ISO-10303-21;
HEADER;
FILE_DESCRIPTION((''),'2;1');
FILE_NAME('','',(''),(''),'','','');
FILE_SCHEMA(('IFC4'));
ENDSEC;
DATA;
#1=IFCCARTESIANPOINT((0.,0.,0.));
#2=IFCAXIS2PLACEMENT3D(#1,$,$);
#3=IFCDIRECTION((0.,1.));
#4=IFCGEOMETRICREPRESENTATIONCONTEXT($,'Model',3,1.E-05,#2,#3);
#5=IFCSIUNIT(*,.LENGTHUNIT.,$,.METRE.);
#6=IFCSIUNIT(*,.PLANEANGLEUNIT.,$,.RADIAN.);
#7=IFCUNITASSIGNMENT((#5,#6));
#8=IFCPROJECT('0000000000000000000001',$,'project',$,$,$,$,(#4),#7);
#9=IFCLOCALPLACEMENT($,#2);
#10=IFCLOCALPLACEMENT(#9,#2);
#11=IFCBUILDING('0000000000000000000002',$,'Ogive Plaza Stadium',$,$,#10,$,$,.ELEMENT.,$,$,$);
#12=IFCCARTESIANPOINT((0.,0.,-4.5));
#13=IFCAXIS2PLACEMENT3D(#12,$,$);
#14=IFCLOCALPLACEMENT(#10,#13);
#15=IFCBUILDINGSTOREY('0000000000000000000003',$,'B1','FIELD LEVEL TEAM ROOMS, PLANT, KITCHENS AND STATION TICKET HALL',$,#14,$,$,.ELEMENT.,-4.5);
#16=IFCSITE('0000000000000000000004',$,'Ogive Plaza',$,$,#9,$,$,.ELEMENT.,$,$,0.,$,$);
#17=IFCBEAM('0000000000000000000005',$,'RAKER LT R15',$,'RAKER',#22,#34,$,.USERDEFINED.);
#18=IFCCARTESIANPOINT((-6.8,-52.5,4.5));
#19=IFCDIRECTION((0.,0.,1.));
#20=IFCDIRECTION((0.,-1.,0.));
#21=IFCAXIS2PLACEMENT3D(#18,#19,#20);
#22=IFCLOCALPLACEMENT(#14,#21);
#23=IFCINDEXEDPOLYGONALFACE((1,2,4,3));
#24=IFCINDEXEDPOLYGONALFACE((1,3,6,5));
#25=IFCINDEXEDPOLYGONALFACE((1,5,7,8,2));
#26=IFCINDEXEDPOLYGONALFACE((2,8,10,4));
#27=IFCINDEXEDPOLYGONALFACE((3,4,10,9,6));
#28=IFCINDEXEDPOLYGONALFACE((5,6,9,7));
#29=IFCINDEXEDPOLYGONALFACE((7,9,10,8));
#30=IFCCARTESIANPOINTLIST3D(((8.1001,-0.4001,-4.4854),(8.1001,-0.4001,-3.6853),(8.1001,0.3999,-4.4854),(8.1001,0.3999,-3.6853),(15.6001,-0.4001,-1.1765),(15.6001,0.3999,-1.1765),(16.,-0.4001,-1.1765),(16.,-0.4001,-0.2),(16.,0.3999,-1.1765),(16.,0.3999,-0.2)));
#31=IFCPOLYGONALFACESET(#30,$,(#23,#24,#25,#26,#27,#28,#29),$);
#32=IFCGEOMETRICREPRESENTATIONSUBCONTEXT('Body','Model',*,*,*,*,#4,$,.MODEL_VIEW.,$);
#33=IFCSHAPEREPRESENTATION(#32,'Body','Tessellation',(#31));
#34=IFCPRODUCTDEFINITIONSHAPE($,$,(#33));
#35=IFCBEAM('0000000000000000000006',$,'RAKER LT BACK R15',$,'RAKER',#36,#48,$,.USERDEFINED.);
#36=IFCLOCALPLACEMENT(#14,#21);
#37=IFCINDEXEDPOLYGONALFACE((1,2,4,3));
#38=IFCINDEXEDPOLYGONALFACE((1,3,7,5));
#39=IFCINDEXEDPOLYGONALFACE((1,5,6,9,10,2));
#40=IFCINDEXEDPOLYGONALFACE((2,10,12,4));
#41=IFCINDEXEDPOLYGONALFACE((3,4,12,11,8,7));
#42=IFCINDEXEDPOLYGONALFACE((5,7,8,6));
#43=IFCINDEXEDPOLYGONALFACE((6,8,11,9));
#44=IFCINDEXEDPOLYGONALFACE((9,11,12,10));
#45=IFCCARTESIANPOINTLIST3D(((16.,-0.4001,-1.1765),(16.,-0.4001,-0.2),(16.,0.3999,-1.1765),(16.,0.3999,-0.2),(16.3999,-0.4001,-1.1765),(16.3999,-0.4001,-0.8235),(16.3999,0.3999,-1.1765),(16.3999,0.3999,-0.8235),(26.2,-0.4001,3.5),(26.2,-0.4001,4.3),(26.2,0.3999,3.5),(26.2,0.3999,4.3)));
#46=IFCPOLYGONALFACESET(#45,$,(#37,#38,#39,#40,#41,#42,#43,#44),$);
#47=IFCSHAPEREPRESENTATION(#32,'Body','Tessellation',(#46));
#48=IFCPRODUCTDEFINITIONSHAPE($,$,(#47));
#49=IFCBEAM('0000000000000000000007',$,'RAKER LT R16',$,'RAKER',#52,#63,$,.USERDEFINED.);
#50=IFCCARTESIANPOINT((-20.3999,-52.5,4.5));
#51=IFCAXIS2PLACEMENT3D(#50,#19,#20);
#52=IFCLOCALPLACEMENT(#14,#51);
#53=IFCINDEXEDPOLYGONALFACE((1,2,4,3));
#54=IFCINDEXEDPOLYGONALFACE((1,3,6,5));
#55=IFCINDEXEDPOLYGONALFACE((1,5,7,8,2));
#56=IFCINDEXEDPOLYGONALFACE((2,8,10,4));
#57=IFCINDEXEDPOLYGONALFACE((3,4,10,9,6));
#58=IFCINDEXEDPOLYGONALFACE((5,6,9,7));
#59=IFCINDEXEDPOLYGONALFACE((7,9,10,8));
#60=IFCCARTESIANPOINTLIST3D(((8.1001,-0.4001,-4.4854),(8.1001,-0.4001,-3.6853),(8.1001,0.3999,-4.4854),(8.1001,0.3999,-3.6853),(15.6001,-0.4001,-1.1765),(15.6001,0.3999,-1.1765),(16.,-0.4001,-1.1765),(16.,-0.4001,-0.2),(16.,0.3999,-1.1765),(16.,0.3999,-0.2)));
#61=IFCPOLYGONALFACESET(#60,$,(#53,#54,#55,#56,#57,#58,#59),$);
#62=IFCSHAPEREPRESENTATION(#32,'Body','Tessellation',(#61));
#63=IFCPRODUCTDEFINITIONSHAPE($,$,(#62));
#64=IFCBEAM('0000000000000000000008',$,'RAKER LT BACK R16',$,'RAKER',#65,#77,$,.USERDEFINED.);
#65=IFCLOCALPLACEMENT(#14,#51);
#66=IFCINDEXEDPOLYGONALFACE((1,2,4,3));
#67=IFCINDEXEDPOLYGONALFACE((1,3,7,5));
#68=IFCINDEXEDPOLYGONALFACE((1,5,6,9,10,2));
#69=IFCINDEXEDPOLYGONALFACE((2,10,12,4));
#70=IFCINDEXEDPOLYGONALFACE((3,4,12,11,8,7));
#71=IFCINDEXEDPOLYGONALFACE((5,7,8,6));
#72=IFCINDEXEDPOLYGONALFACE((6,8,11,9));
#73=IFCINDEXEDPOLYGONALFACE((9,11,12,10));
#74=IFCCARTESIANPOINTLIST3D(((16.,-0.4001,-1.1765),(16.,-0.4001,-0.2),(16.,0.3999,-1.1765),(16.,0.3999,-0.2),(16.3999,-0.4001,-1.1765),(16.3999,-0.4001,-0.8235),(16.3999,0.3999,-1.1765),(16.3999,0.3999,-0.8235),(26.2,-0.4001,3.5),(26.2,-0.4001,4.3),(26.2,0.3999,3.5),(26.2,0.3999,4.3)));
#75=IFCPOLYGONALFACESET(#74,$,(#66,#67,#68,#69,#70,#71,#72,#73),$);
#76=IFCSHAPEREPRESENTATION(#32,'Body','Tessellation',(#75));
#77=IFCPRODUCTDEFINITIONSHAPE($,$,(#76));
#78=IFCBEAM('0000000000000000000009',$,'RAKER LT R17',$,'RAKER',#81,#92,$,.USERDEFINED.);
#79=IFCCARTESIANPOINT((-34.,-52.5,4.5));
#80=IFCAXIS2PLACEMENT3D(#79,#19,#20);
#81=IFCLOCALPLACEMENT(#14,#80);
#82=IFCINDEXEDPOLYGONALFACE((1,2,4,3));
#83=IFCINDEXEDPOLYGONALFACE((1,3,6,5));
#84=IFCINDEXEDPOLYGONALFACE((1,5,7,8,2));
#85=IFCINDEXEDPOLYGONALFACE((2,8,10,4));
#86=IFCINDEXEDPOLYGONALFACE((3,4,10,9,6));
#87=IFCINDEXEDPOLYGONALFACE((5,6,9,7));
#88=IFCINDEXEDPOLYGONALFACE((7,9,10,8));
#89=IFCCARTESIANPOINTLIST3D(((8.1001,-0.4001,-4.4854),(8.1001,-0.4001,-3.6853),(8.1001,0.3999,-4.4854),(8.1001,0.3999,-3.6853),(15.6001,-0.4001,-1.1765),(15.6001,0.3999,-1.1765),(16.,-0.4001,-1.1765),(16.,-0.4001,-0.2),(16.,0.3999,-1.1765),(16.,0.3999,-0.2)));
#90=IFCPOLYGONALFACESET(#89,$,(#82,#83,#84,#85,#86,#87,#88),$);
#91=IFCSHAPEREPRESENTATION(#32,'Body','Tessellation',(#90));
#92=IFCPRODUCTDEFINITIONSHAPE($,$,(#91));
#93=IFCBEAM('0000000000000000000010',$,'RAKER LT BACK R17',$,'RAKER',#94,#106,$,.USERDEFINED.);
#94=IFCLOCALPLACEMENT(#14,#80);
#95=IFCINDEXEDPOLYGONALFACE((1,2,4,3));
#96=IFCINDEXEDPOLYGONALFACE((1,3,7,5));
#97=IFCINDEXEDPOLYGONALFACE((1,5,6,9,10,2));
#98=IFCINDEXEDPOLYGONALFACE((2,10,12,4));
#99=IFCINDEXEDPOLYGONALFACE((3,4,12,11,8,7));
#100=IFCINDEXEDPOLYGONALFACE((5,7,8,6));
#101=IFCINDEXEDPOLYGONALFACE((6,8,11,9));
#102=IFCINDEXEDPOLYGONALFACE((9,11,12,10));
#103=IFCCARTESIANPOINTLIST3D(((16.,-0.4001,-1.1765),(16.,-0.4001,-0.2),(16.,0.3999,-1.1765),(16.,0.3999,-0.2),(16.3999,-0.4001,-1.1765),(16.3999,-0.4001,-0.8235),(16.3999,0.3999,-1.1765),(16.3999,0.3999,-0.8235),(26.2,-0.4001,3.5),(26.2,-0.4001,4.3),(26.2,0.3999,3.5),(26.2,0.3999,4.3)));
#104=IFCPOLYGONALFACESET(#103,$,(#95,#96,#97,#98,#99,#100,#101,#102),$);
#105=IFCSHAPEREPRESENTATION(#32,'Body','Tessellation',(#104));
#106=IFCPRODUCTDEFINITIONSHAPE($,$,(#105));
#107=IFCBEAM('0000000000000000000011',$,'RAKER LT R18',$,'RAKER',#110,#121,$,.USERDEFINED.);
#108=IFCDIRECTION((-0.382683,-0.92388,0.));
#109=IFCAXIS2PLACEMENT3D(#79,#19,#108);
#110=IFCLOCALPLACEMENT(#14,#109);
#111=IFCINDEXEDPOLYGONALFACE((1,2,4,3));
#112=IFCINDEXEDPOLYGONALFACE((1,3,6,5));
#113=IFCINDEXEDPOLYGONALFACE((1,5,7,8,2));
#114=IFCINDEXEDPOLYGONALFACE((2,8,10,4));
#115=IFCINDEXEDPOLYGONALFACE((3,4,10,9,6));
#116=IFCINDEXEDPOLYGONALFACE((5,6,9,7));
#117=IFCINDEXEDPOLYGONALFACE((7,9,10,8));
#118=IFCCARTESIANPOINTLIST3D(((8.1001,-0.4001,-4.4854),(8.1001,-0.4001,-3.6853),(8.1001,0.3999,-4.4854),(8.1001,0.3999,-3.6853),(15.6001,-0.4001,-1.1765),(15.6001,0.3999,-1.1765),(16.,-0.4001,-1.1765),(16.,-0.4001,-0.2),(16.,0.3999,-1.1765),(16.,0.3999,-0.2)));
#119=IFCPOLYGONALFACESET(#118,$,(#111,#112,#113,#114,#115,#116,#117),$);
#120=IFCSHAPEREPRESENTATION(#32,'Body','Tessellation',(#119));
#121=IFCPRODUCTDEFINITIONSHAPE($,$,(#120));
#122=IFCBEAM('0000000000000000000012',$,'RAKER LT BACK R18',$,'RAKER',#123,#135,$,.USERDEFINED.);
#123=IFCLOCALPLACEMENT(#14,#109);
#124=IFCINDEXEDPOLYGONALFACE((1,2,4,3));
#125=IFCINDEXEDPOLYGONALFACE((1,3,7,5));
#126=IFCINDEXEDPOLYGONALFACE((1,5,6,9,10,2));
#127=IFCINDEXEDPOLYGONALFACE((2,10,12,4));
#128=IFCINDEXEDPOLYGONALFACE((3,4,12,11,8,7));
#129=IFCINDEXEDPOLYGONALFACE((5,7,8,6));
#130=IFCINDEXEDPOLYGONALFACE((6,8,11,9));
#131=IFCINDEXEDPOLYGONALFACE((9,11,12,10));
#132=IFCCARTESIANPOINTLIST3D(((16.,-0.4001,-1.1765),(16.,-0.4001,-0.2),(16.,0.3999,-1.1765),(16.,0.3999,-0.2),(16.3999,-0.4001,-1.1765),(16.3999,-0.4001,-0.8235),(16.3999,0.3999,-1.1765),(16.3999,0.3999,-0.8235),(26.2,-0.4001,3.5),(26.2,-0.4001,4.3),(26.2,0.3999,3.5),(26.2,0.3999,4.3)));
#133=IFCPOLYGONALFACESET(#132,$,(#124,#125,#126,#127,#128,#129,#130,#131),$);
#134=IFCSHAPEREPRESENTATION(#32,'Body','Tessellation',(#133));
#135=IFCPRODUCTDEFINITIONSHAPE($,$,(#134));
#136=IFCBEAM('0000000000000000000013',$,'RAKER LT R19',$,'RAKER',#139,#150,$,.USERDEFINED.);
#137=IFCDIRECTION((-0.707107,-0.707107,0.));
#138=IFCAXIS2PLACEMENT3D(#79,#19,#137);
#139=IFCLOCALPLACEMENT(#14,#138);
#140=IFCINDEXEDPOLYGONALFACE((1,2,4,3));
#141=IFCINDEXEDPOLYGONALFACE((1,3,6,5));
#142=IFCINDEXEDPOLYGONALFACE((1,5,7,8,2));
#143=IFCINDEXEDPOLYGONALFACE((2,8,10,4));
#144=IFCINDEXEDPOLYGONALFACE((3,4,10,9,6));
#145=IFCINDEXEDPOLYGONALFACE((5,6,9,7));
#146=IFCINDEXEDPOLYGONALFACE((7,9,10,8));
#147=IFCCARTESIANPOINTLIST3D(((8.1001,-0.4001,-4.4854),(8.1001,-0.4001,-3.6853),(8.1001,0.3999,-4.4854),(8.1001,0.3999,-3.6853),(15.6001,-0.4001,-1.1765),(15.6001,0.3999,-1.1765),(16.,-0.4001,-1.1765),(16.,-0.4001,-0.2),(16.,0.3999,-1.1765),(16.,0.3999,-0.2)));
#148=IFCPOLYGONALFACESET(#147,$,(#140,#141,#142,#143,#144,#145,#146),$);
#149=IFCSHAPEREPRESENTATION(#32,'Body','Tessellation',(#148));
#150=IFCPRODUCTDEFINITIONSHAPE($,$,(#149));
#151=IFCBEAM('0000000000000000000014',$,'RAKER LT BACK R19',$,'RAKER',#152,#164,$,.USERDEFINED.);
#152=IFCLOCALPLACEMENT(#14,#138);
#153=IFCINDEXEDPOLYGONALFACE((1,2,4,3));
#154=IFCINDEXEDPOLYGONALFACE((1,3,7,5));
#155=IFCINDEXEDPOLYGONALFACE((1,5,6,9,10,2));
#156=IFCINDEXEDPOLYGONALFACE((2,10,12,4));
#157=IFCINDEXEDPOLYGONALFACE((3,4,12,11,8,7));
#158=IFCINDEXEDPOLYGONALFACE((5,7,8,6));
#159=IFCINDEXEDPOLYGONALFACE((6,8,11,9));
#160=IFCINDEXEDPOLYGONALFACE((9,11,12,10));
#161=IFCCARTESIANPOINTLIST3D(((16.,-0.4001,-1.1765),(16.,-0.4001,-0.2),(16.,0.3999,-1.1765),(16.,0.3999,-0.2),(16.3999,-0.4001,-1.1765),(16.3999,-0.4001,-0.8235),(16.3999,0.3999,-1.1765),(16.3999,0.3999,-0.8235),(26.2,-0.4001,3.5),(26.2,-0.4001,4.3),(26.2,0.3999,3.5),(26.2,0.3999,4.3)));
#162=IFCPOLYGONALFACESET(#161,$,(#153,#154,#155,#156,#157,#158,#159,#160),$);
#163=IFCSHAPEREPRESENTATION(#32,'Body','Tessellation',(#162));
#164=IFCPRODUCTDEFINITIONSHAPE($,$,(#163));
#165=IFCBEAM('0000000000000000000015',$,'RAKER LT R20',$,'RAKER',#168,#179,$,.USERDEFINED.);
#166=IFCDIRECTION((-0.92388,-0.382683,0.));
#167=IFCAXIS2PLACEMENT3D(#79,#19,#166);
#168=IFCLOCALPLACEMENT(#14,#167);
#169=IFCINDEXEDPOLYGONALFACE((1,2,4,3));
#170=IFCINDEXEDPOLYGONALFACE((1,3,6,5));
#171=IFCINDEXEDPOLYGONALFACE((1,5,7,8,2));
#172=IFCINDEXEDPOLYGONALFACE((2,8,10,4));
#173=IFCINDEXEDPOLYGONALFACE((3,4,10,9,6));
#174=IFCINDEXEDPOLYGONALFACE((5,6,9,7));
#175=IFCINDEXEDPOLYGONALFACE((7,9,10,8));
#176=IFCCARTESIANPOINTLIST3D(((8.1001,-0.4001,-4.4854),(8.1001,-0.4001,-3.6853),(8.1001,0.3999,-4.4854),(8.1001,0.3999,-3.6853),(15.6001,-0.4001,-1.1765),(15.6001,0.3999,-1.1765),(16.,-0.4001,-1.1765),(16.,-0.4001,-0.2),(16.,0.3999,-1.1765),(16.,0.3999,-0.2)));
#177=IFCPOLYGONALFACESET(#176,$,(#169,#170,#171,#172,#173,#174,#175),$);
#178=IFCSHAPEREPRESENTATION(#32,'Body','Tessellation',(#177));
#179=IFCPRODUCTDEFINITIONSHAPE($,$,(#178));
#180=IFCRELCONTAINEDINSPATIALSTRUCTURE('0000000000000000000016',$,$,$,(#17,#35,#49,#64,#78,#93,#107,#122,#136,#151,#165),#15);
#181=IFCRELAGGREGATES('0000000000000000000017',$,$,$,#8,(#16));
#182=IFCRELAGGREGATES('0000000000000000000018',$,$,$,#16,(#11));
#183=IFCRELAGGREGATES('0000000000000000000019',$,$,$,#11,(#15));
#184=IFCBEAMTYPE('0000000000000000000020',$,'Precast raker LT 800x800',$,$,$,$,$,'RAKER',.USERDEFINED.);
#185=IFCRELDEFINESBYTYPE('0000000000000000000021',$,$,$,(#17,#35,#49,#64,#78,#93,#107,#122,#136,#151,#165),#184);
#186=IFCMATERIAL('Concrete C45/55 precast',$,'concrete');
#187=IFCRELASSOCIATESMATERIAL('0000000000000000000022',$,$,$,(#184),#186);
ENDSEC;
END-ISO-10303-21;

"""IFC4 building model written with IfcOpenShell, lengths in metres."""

from ifc_helpers import new_model, si_unit, direction, frame, origin, origin_2d, place, context, subcontext, project, spatial, polyline, rectangle, outline, extrude, material, material_profile, profile_set, type_object, element, save


model = new_model("IFC4")

# Units and contexts
model_context = context("Model", 3, precision=1e-05, world=origin(), true_north=direction((0.0, 1.0)))
body_context = subcontext(model_context, "Body", "Model", "MODEL_VIEW")
ifc_project = project(units=[si_unit("LENGTHUNIT", "METRE"), si_unit("PLANEANGLEUNIT", "RADIAN")], contexts=[model_context])

# Site, building, storey
site_placement = place(None, origin())
site = spatial("IfcSite", under=ifc_project, at=site_placement, Name="Ogive Plaza", CompositionType="ELEMENT", RefElevation=0.0)
building_placement = place(site_placement, origin())
building = spatial("IfcBuilding", under=site, at=building_placement, Name="Ogive Plaza Stadium", CompositionType="ELEMENT")
storey_placement = place(building_placement, frame((0.0, 0.0, -4.5)))
storey = spatial("IfcBuildingStorey", under=building, at=storey_placement, Name="B1", Description="FIELD LEVEL TEAM ROOMS, PLANT, KITCHENS AND STATION TICKET HALL", CompositionType="ELEMENT", Elevation=-4.5)

# Beams
ifc_material_1 = material(Name="Concrete C45/55 precast", Category="concrete")
ifc_material_profile_1 = material_profile(ifc_material_1, rectangle(XDim=0.8, YDim=0.8, at=origin_2d()), Name="RC 800x800")
ifc_profile_set_1 = profile_set([ifc_material_profile_1], Name="Concrete C45/55 precast")
beam_type = type_object("IfcBeamType", Name="Precast raker LT 800x800", ElementType="RAKER", PredefinedType="USERDEFINED", material=ifc_profile_set_1)
beam_1_placement = place(storey_placement, frame((-6.8, -52.5, 4.5), z_axis=(0.0, 0.0, 1.0), x_axis=(0.0, -1.0, 0.0)))
element("IfcBeam", 1, at=beam_1_placement, inside=storey, type_object=beam_type, Name="RAKER LT R15", ObjectType="RAKER", PredefinedType="USERDEFINED", context=body_context, shape_type="SweptSolid", body=[
    extrude(outline(polyline([(8.1001, -4.4854), (15.6001, -1.1765), (16.0, -1.1765), (16.0, -0.2), (8.1001, -3.6853), (8.1001, -4.4854)])), frame((0.0, 0.3999, 0.0), z_axis=(0.0, -1.0, 0.0), x_axis=(1.0, 0.0, 0.0)), (0.0, 0.0, 1.0), 0.8),
])
beam_2_placement = place(storey_placement, frame((-6.8, -52.5, 4.5), z_axis=(0.0, 0.0, 1.0), x_axis=(0.0, -1.0, 0.0)))
element("IfcBeam", 2, at=beam_2_placement, inside=storey, type_object=beam_type, Name="RAKER LT BACK R15", ObjectType="RAKER", PredefinedType="USERDEFINED", context=body_context, shape_type="SweptSolid", body=[
    extrude(outline(polyline([(16.0, -1.1765), (16.3999, -1.1765), (16.3999, -0.8235), (26.2, 3.5), (26.2, 4.3), (16.0, -0.2), (16.0, -1.1765)])), frame((0.0, 0.3999, 0.0), z_axis=(0.0, -1.0, 0.0), x_axis=(1.0, 0.0, 0.0)), (0.0, 0.0, 1.0), 0.8),
])
beam_3_placement = place(storey_placement, frame((-20.3999, -52.5, 4.5), z_axis=(0.0, 0.0, 1.0), x_axis=(0.0, -1.0, 0.0)))
element("IfcBeam", 3, at=beam_3_placement, inside=storey, type_object=beam_type, Name="RAKER LT R16", ObjectType="RAKER", PredefinedType="USERDEFINED", context=body_context, shape_type="SweptSolid", body=[
    extrude(outline(polyline([(8.1001, -4.4854), (15.6001, -1.1765), (16.0, -1.1765), (16.0, -0.2), (8.1001, -3.6853), (8.1001, -4.4854)])), frame((0.0, 0.3999, 0.0), z_axis=(0.0, -1.0, 0.0), x_axis=(1.0, 0.0, 0.0)), (0.0, 0.0, 1.0), 0.8),
])
beam_4_placement = place(storey_placement, frame((-20.3999, -52.5, 4.5), z_axis=(0.0, 0.0, 1.0), x_axis=(0.0, -1.0, 0.0)))
element("IfcBeam", 4, at=beam_4_placement, inside=storey, type_object=beam_type, Name="RAKER LT BACK R16", ObjectType="RAKER", PredefinedType="USERDEFINED", context=body_context, shape_type="SweptSolid", body=[
    extrude(outline(polyline([(16.0, -1.1765), (16.3999, -1.1765), (16.3999, -0.8235), (26.2, 3.5), (26.2, 4.3), (16.0, -0.2), (16.0, -1.1765)])), frame((0.0, 0.3999, 0.0), z_axis=(0.0, -1.0, 0.0), x_axis=(1.0, 0.0, 0.0)), (0.0, 0.0, 1.0), 0.8),
])
beam_5_placement = place(storey_placement, frame((-34.0, -52.5, 4.5), z_axis=(0.0, 0.0, 1.0), x_axis=(0.0, -1.0, 0.0)))
element("IfcBeam", 5, at=beam_5_placement, inside=storey, type_object=beam_type, Name="RAKER LT R17", ObjectType="RAKER", PredefinedType="USERDEFINED", context=body_context, shape_type="SweptSolid", body=[
    extrude(outline(polyline([(8.1001, -4.4854), (15.6001, -1.1765), (16.0, -1.1765), (16.0, -0.2), (8.1001, -3.6853), (8.1001, -4.4854)])), frame((0.0, 0.3999, 0.0), z_axis=(0.0, -1.0, 0.0), x_axis=(1.0, 0.0, 0.0)), (0.0, 0.0, 1.0), 0.8),
])
beam_6_placement = place(storey_placement, frame((-34.0, -52.5, 4.5), z_axis=(0.0, 0.0, 1.0), x_axis=(0.0, -1.0, 0.0)))
element("IfcBeam", 6, at=beam_6_placement, inside=storey, type_object=beam_type, Name="RAKER LT BACK R17", ObjectType="RAKER", PredefinedType="USERDEFINED", context=body_context, shape_type="SweptSolid", body=[
    extrude(outline(polyline([(16.0, -1.1765), (16.3999, -1.1765), (16.3999, -0.8235), (26.2, 3.5), (26.2, 4.3), (16.0, -0.2), (16.0, -1.1765)])), frame((0.0, 0.3999, 0.0), z_axis=(0.0, -1.0, 0.0), x_axis=(1.0, 0.0, 0.0)), (0.0, 0.0, 1.0), 0.8),
])
beam_7_placement = place(storey_placement, frame((-34.0, -52.5, 4.5), z_axis=(0.0, 0.0, 1.0), x_axis=(-0.382683, -0.92388, 0.0)))
element("IfcBeam", 7, at=beam_7_placement, inside=storey, type_object=beam_type, Name="RAKER LT R18", ObjectType="RAKER", PredefinedType="USERDEFINED", context=body_context, shape_type="SweptSolid", body=[
    extrude(outline(polyline([(8.1001, -4.4854), (15.6001, -1.1765), (16.0, -1.1765), (16.0, -0.2), (8.1001, -3.6853), (8.1001, -4.4854)])), frame((0.0, 0.3999, 0.0), z_axis=(0.0, -1.0, 0.0), x_axis=(1.0, 0.0, 0.0)), (0.0, 0.0, 1.0), 0.8),
])
beam_8_placement = place(storey_placement, frame((-34.0, -52.5, 4.5), z_axis=(0.0, 0.0, 1.0), x_axis=(-0.382683, -0.92388, 0.0)))
element("IfcBeam", 8, at=beam_8_placement, inside=storey, type_object=beam_type, Name="RAKER LT BACK R18", ObjectType="RAKER", PredefinedType="USERDEFINED", context=body_context, shape_type="SweptSolid", body=[
    extrude(outline(polyline([(16.0, -1.1765), (16.3999, -1.1765), (16.3999, -0.8235), (26.2, 3.5), (26.2, 4.3), (16.0, -0.2), (16.0, -1.1765)])), frame((0.0, 0.3999, 0.0), z_axis=(0.0, -1.0, 0.0), x_axis=(1.0, 0.0, 0.0)), (0.0, 0.0, 1.0), 0.8),
])
beam_9_placement = place(storey_placement, frame((-34.0, -52.5, 4.5), z_axis=(0.0, 0.0, 1.0), x_axis=(-0.707107, -0.707107, 0.0)))
element("IfcBeam", 9, at=beam_9_placement, inside=storey, type_object=beam_type, Name="RAKER LT R19", ObjectType="RAKER", PredefinedType="USERDEFINED", context=body_context, shape_type="SweptSolid", body=[
    extrude(outline(polyline([(8.1001, -4.4854), (15.6001, -1.1765), (16.0, -1.1765), (16.0, -0.2), (8.1001, -3.6853), (8.1001, -4.4854)])), frame((0.0, 0.3999, 0.0), z_axis=(0.0, -1.0, 0.0), x_axis=(1.0, 0.0, 0.0)), (0.0, 0.0, 1.0), 0.8),
])
beam_10_placement = place(storey_placement, frame((-34.0, -52.5, 4.5), z_axis=(0.0, 0.0, 1.0), x_axis=(-0.707107, -0.707107, 0.0)))
element("IfcBeam", 10, at=beam_10_placement, inside=storey, type_object=beam_type, Name="RAKER LT BACK R19", ObjectType="RAKER", PredefinedType="USERDEFINED", context=body_context, shape_type="SweptSolid", body=[
    extrude(outline(polyline([(16.0, -1.1765), (16.3999, -1.1765), (16.3999, -0.8235), (26.2, 3.5), (26.2, 4.3), (16.0, -0.2), (16.0, -1.1765)])), frame((0.0, 0.3999, 0.0), z_axis=(0.0, -1.0, 0.0), x_axis=(1.0, 0.0, 0.0)), (0.0, 0.0, 1.0), 0.8),
])
beam_11_placement = place(storey_placement, frame((-34.0, -52.5, 4.5), z_axis=(0.0, 0.0, 1.0), x_axis=(-0.92388, -0.382683, 0.0)))
element("IfcBeam", 11, at=beam_11_placement, inside=storey, type_object=beam_type, Name="RAKER LT R20", ObjectType="RAKER", PredefinedType="USERDEFINED", context=body_context, shape_type="SweptSolid", body=[
    extrude(outline(polyline([(8.1001, -4.4854), (15.6001, -1.1765), (16.0, -1.1765), (16.0, -0.2), (8.1001, -3.6853), (8.1001, -4.4854)])), frame((0.0, 0.3999, 0.0), z_axis=(0.0, -1.0, 0.0), x_axis=(1.0, 0.0, 0.0)), (0.0, 0.0, 1.0), 0.8),
])

save(model, "model.ifc")
